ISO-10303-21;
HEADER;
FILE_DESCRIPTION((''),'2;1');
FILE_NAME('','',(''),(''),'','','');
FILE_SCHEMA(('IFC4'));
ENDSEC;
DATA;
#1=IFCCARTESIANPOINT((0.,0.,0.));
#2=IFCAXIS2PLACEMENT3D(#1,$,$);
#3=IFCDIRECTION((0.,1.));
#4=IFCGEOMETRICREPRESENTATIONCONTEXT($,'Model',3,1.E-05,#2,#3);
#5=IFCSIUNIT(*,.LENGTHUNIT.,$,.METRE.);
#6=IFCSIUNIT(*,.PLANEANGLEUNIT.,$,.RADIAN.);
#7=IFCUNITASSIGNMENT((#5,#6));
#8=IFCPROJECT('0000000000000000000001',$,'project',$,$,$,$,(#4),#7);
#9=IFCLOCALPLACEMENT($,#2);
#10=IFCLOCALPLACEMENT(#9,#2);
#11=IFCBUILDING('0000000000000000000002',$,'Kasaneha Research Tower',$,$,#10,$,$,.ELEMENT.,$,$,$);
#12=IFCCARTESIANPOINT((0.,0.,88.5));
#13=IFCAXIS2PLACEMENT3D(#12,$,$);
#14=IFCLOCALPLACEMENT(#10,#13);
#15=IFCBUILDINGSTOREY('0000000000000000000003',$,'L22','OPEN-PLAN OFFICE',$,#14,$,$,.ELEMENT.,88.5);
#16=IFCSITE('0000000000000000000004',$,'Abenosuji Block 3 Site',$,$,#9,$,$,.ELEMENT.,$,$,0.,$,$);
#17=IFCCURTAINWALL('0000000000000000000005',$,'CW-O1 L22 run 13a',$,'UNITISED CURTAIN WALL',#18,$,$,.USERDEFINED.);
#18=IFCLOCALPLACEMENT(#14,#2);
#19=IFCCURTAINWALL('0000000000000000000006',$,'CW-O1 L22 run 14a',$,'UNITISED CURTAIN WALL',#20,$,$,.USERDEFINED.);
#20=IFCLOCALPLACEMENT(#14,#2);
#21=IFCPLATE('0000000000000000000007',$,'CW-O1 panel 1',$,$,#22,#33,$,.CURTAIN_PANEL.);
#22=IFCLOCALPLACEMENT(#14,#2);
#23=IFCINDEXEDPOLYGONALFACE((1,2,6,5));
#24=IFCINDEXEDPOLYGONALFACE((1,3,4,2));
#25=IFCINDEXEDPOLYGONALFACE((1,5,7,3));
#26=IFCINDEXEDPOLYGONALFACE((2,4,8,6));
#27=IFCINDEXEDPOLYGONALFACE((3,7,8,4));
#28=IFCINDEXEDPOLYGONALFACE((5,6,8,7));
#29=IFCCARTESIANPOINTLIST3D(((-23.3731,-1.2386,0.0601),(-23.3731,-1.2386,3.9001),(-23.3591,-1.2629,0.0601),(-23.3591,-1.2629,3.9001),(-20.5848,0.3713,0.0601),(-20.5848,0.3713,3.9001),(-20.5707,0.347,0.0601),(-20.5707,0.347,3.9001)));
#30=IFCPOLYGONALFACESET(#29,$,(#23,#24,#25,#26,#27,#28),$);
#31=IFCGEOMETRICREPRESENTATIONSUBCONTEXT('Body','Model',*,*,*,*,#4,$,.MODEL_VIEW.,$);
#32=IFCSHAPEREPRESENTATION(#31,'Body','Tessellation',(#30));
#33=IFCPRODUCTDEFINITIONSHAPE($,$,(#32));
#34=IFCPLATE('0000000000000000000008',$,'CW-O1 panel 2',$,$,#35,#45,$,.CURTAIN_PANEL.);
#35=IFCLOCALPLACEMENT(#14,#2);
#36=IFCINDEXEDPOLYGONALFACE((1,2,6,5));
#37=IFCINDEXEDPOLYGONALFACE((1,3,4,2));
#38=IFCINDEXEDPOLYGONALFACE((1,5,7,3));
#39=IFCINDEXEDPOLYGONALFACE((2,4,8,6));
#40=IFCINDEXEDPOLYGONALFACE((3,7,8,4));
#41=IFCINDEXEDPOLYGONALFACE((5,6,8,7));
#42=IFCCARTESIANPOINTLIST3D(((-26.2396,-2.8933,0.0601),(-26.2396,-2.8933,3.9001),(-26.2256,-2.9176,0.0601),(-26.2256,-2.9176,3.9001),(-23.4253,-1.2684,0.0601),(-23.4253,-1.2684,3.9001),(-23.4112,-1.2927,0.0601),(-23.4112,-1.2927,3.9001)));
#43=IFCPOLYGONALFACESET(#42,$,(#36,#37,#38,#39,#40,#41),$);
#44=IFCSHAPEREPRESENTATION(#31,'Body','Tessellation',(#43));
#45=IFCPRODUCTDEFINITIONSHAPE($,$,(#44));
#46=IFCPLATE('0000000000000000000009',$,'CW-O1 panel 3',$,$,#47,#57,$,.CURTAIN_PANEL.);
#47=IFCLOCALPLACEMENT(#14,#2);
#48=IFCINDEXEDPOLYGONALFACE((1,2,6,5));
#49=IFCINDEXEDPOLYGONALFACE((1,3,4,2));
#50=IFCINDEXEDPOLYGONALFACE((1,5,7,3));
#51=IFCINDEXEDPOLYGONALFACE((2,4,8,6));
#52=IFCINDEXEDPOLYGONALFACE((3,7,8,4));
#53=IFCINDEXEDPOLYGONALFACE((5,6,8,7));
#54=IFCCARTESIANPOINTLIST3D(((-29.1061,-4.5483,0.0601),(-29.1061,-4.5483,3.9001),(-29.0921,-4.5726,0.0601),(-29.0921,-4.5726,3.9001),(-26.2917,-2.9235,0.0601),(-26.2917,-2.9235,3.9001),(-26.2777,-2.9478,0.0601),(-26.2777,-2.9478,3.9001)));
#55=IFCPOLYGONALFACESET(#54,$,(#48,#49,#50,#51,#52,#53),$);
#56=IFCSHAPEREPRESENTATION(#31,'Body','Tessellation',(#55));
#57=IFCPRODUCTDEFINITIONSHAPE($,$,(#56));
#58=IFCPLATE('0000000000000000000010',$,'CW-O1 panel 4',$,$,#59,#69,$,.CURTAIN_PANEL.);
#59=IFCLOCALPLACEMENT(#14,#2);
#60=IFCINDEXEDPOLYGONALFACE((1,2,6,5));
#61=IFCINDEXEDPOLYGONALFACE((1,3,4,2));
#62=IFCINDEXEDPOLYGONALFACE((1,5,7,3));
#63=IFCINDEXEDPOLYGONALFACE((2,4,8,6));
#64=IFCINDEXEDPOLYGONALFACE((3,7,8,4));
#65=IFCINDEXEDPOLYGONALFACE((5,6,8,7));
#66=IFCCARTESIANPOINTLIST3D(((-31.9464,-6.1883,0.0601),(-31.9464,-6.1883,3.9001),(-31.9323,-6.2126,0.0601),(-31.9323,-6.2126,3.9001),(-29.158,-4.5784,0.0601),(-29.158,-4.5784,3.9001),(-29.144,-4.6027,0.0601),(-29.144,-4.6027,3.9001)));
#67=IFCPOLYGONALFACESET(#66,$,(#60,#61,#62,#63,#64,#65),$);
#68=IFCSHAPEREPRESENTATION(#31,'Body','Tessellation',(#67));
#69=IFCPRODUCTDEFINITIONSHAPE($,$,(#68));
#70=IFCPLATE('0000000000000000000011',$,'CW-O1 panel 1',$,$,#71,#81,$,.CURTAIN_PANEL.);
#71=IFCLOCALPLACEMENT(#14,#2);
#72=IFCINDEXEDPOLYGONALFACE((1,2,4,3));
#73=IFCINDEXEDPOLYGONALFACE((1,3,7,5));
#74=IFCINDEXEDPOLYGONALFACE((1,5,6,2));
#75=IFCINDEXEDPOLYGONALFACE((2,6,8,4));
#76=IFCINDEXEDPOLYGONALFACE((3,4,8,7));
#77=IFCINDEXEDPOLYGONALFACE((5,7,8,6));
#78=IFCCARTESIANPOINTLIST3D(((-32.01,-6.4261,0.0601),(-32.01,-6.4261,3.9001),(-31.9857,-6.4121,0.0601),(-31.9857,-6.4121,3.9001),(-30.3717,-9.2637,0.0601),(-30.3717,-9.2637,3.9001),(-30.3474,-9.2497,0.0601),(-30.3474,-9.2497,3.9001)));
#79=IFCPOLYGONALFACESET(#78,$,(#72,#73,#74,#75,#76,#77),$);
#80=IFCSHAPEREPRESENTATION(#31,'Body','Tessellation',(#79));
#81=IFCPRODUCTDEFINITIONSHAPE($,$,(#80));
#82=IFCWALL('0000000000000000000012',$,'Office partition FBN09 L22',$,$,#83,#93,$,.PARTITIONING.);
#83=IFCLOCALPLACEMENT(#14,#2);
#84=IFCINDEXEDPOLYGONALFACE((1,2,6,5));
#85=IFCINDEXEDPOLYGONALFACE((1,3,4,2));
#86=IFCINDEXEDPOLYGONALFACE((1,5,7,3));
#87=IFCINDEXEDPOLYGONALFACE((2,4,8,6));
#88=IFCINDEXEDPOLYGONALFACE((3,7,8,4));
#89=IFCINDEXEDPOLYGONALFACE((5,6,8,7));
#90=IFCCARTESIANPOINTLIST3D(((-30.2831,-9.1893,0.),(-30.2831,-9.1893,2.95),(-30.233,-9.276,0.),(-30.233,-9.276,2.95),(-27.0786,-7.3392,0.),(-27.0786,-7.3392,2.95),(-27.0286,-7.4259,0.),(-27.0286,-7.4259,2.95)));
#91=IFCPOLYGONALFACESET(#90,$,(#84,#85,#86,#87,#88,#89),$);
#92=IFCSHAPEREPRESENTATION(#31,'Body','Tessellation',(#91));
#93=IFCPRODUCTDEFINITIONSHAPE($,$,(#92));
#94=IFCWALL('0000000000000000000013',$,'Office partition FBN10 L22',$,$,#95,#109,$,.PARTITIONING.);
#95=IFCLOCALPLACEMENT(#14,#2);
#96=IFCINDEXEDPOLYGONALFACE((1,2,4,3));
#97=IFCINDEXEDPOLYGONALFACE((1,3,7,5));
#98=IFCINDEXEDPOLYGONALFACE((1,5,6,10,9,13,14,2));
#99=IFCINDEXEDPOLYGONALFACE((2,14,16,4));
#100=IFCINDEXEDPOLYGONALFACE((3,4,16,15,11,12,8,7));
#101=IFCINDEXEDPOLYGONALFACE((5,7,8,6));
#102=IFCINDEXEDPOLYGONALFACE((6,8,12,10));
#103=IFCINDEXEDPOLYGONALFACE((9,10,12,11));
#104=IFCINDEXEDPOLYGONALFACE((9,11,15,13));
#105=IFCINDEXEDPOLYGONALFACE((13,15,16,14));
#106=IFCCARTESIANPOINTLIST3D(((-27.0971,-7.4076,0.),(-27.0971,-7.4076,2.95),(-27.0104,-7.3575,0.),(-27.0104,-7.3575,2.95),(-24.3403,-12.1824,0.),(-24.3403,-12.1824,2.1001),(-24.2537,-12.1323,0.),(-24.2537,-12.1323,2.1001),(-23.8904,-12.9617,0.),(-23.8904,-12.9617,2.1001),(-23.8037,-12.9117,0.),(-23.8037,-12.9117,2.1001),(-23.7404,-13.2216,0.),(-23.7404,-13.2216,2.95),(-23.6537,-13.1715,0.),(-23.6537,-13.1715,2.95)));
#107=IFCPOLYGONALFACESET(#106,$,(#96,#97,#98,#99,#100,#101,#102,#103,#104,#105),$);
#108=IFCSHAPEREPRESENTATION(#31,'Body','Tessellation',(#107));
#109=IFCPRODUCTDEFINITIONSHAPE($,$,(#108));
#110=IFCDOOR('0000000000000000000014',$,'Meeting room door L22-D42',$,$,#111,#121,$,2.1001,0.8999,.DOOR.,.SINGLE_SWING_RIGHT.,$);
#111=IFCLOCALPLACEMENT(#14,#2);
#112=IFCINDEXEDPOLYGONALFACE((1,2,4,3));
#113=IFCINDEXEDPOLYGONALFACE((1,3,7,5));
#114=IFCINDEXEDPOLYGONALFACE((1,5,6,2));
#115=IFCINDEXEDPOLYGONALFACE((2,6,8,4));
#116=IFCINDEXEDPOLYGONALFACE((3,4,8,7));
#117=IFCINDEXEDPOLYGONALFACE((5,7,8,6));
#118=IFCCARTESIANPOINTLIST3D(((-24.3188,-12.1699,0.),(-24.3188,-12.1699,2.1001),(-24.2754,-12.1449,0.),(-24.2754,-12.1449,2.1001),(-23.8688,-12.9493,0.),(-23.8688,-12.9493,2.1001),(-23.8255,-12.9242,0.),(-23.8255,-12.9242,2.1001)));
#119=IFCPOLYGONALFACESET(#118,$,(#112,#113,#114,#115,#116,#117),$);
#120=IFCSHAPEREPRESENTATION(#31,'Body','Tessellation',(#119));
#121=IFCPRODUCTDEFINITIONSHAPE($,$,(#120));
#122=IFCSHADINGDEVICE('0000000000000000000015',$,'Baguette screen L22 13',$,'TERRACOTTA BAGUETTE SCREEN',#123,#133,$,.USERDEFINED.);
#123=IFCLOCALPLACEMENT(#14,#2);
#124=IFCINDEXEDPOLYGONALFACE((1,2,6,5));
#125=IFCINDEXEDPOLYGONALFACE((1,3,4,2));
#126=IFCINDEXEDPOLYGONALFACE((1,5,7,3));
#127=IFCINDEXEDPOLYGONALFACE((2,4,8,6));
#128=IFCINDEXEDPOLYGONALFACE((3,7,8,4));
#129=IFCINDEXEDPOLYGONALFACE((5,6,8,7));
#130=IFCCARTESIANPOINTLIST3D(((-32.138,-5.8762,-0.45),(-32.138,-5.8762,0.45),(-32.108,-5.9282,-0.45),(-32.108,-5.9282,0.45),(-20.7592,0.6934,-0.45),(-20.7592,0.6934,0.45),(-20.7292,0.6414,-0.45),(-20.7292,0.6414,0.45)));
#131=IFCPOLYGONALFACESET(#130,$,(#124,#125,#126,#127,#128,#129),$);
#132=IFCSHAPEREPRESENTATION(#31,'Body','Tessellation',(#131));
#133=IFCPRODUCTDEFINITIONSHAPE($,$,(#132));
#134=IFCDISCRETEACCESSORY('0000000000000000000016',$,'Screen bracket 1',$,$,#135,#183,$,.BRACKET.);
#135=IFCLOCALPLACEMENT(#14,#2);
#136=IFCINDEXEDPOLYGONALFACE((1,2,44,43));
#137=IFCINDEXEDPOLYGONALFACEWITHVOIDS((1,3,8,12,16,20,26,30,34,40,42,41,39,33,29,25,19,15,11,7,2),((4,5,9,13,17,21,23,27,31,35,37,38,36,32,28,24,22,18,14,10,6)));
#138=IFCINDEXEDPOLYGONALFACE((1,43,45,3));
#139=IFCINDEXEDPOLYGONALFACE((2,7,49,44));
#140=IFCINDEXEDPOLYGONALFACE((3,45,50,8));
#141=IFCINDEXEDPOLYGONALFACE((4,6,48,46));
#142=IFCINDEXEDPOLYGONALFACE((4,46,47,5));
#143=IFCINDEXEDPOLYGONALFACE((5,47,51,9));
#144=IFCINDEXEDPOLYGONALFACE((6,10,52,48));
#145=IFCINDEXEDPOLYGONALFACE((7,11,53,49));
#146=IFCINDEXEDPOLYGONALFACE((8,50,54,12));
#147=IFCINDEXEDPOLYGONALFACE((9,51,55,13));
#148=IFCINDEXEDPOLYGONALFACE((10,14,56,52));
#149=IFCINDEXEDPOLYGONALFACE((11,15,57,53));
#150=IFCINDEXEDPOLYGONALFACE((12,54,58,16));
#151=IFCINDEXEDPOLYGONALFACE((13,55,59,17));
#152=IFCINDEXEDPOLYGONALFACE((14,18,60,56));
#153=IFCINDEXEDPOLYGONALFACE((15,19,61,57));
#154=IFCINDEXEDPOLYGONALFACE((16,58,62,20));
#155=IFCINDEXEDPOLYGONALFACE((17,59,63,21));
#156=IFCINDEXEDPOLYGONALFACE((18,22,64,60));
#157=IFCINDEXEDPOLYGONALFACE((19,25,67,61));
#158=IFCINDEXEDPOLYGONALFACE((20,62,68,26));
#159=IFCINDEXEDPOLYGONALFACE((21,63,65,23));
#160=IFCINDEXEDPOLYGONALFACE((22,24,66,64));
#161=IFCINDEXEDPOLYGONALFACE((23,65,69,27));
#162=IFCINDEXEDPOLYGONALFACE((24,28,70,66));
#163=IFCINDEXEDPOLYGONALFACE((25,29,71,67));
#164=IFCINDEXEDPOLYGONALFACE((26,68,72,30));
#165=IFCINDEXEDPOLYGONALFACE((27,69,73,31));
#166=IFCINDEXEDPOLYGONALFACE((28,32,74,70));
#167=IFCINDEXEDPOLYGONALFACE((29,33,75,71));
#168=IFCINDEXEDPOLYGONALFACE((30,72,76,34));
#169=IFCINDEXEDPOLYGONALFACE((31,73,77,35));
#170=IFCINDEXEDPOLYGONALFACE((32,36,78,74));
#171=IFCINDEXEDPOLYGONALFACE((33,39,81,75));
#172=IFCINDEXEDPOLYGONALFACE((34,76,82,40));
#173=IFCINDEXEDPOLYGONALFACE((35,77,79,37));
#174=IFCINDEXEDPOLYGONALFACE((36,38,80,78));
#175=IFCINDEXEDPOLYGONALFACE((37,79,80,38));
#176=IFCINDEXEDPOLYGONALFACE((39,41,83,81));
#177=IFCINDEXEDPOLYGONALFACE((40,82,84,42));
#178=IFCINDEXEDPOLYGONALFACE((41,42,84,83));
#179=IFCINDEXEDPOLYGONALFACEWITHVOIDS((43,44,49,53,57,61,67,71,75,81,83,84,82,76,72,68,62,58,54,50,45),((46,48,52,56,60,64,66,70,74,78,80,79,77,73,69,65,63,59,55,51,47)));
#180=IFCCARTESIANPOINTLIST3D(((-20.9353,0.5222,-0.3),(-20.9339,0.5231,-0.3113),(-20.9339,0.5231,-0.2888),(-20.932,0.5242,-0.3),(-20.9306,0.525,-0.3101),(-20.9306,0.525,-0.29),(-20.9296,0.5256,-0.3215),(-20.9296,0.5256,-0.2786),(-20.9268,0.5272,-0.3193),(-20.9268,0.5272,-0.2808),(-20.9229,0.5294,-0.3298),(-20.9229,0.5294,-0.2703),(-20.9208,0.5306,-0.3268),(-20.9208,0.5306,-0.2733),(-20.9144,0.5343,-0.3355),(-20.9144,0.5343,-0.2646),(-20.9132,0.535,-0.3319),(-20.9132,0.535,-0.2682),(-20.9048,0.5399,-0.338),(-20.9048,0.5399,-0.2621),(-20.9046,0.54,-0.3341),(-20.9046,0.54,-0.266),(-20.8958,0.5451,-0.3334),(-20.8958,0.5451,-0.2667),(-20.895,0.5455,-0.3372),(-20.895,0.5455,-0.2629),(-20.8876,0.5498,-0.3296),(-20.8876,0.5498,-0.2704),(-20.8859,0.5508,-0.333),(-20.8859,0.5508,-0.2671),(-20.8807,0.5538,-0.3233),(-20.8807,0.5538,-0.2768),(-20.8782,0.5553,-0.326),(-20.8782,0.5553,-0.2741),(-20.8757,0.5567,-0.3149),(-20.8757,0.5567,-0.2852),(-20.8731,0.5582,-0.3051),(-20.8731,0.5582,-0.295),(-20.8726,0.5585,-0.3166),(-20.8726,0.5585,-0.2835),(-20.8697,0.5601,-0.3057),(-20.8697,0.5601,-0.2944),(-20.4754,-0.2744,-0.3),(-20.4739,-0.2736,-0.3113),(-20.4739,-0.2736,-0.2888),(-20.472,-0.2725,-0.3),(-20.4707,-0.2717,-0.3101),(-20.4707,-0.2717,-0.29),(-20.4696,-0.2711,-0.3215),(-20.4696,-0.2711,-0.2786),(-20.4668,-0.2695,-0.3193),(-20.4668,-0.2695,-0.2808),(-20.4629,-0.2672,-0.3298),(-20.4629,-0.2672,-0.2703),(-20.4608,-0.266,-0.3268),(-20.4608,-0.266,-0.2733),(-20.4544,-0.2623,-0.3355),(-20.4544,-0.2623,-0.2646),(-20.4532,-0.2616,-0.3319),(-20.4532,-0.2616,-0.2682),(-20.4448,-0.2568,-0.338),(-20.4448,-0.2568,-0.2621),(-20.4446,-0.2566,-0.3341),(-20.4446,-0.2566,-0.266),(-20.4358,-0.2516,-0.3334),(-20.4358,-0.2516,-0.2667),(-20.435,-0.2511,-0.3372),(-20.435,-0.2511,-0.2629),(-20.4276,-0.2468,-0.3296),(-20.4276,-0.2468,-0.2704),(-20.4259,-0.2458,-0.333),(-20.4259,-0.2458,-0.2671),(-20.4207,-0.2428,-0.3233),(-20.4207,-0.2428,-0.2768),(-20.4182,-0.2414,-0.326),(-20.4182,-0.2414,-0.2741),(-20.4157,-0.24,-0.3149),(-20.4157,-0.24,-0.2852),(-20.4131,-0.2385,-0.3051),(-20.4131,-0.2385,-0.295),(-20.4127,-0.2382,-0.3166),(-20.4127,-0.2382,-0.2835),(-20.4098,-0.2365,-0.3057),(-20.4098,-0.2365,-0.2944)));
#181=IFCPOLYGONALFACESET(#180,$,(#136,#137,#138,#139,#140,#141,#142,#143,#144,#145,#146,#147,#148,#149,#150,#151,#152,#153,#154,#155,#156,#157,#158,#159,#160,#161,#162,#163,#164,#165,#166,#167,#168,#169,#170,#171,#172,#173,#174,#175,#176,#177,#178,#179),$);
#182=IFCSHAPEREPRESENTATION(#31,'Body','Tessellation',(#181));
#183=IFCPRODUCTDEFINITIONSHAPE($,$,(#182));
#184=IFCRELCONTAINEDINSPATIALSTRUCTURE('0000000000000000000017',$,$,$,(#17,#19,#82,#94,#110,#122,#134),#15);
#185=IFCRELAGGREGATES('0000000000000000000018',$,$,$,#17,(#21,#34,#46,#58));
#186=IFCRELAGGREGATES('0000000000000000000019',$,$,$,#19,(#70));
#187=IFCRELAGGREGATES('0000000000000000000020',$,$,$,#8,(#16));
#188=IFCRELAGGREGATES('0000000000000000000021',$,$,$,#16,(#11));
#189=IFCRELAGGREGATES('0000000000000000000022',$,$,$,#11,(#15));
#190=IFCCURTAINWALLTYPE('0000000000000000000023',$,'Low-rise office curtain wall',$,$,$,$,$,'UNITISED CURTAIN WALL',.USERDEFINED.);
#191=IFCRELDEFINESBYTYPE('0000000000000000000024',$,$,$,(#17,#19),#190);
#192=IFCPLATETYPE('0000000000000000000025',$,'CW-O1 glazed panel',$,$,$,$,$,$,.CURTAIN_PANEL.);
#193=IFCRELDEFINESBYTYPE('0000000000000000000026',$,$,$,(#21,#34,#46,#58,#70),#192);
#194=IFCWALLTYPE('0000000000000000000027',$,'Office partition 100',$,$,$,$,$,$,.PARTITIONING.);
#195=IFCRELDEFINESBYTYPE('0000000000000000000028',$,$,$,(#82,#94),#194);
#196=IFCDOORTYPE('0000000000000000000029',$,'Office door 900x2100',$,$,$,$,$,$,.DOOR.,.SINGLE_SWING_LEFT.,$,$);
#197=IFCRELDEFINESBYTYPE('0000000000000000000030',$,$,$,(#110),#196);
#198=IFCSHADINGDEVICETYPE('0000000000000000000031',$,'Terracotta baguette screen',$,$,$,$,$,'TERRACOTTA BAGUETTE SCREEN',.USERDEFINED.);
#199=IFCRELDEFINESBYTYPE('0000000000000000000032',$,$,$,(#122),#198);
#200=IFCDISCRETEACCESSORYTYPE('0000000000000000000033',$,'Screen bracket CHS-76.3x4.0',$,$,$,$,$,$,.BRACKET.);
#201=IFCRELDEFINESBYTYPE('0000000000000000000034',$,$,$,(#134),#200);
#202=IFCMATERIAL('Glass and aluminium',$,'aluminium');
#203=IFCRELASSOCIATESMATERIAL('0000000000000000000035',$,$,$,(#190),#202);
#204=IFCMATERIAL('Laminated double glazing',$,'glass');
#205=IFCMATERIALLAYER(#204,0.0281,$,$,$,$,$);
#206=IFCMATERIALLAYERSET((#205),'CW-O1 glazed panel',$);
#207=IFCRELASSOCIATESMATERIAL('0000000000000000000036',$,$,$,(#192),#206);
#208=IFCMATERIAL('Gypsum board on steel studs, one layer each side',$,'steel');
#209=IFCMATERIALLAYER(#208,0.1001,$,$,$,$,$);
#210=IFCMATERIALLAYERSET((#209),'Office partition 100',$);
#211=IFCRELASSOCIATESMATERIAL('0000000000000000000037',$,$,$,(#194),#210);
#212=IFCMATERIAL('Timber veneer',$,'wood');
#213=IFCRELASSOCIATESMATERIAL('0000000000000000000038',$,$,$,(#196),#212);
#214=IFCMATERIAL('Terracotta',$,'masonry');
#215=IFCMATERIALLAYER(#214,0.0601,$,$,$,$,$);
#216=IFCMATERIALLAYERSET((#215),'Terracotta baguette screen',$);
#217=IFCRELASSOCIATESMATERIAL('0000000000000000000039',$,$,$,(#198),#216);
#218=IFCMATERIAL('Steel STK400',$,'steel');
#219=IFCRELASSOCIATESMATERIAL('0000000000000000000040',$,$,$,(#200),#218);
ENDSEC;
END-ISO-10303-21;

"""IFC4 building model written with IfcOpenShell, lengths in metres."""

from ifc_helpers import new_model, si_unit, direction, frame, frame_2d, origin, origin_2d, place, context, subcontext, project, spatial, rectangle, hollow_circle, extrude, material, layer, layer_set, material_profile, profile_set, type_object, element, fill, aggregate, save


model = new_model("IFC4")

# Units and contexts
model_context = context("Model", 3, precision=1e-05, world=origin(), true_north=direction((0.0, 1.0)))
body_context = subcontext(model_context, "Body", "Model", "MODEL_VIEW")
ifc_project = project(units=[si_unit("LENGTHUNIT", "METRE"), si_unit("PLANEANGLEUNIT", "RADIAN")], contexts=[model_context])

# Site, building, storey
site_placement = place(None, origin())
site = spatial("IfcSite", under=ifc_project, at=site_placement, Name="Abenosuji Block 3 Site", CompositionType="ELEMENT", RefElevation=0.0)
building_placement = place(site_placement, origin())
building = spatial("IfcBuilding", under=site, at=building_placement, Name="Kasaneha Research Tower", CompositionType="ELEMENT")
storey_placement = place(building_placement, frame((0.0, 0.0, 88.5)))
storey = spatial("IfcBuildingStorey", under=building, at=storey_placement, Name="L22", Description="OPEN-PLAN OFFICE", CompositionType="ELEMENT", Elevation=88.5)

# Curtain walls
ifc_material_1 = material(Name="Glass and aluminium", Category="aluminium")
curtain_wall_type = type_object("IfcCurtainWallType", Name="Low-rise office curtain wall", ElementType="UNITISED CURTAIN WALL", PredefinedType="USERDEFINED", material=ifc_material_1)
curtain_wall_1_placement = place(storey_placement, origin())
curtain_wall_1 = element("IfcCurtainWall", 1, at=curtain_wall_1_placement, inside=storey, type_object=curtain_wall_type, Name="CW-O1 L22 run 13a", ObjectType="UNITISED CURTAIN WALL", PredefinedType="USERDEFINED")
curtain_wall_2_placement = place(storey_placement, origin())
curtain_wall_2 = element("IfcCurtainWall", 2, at=curtain_wall_2_placement, inside=storey, type_object=curtain_wall_type, Name="CW-O1 L22 run 14a", ObjectType="UNITISED CURTAIN WALL", PredefinedType="USERDEFINED")

# Plates
ifc_material_2 = material(Name="Laminated double glazing", Category="glass")
ifc_layer_1 = layer(ifc_material_2, 0.0281)
ifc_layer_set_1 = layer_set([ifc_layer_1], Name="CW-O1 glazed panel")
plate_type = type_object("IfcPlateType", Name="CW-O1 glazed panel", PredefinedType="CURTAIN_PANEL", material=ifc_layer_set_1)
plate_1_placement = place(storey_placement, frame((-21.9719, -0.4458, 0.0601), z_axis=(0.0, 0.0, 1.0), x_axis=(-0.866025, -0.5, 0.0)))
plate_1 = element("IfcPlate", 3, at=plate_1_placement, type_object=plate_type, Name="CW-O1 panel 1", PredefinedType="CURTAIN_PANEL", context=body_context, shape_type="SweptSolid", body=[
    extrude(rectangle(XDim=3.2197, YDim=0.0281, at=origin_2d()), origin(), (0.0, 0.0, 1.0), 3.8401),
])
plate_2_placement = place(storey_placement, frame((-24.8254, -2.093, 0.0601), z_axis=(0.0, 0.0, 1.0), x_axis=(-0.866025, -0.5, 0.0)))
plate_2 = element("IfcPlate", 4, at=plate_2_placement, type_object=plate_type, Name="CW-O1 panel 2", PredefinedType="CURTAIN_PANEL", context=body_context, shape_type="SweptSolid", body=[
    extrude(rectangle(XDim=3.2498, YDim=0.0281, at=origin_2d()), origin(), (0.0, 0.0, 1.0), 3.8401),
])
plate_3_placement = place(storey_placement, frame((-27.6919, -3.748, 0.0601), z_axis=(0.0, 0.0, 1.0), x_axis=(-0.866025, -0.5, 0.0)))
plate_3 = element("IfcPlate", 5, at=plate_3_placement, type_object=plate_type, Name="CW-O1 panel 3", PredefinedType="CURTAIN_PANEL", context=body_context, shape_type="SweptSolid", body=[
    extrude(rectangle(XDim=3.2498, YDim=0.0281, at=origin_2d()), origin(), (0.0, 0.0, 1.0), 3.8401),
])
plate_4_placement = place(storey_placement, frame((-30.5452, -5.3955, 0.0601), z_axis=(0.0, 0.0, 1.0), x_axis=(-0.866025, -0.5, 0.0)))
plate_4 = element("IfcPlate", 6, at=plate_4_placement, type_object=plate_type, Name="CW-O1 panel 4", PredefinedType="CURTAIN_PANEL", context=body_context, shape_type="SweptSolid", body=[
    extrude(rectangle(XDim=3.2197, YDim=0.0281, at=origin_2d()), origin(), (0.0, 0.0, 1.0), 3.8401),
])
aggregate(curtain_wall_1, [plate_1, plate_2, plate_3, plate_4])
plate_5_placement = place(storey_placement, frame((-31.1787, -7.8379, 0.0601), z_axis=(0.0, 0.0, 1.0), x_axis=(0.5, -0.866025, 0.0)))
plate_5 = element("IfcPlate", 7, at=plate_5_placement, type_object=plate_type, Name="CW-O1 panel 1", PredefinedType="CURTAIN_PANEL", context=body_context, shape_type="SweptSolid", body=[
    extrude(rectangle(XDim=3.2766, YDim=0.0281, at=origin_2d()), origin(), (0.0, 0.0, 1.0), 3.8401),
])
aggregate(curtain_wall_2, [plate_5])

# Wall
ifc_material_3 = material(Name="Gypsum board on steel studs, one layer each side", Category="steel")
ifc_layer_2 = layer(ifc_material_3, 0.1001)
ifc_layer_set_2 = layer_set([ifc_layer_2], Name="Office partition 100")
wall_type = type_object("IfcWallType", Name="Office partition 100", PredefinedType="PARTITIONING", material=ifc_layer_set_2)
wall_1_placement = place(storey_placement, frame((-30.2581, -9.2327, 0.0), z_axis=(0.0, 0.0, 1.0), x_axis=(0.866017, 0.500014, 0.0)))
element("IfcWall", 8, at=wall_1_placement, inside=storey, type_object=wall_type, Name="Office partition FBN09 L22", PredefinedType="PARTITIONING", context=body_context, shape_type="SweptSolid", body=[
    extrude(rectangle(XDim=3.7002, YDim=0.1001, at=frame_2d((1.8501, 0.0))), origin(), (0.0, 0.0, 1.0), 2.95),
])

# Wall, opening, door
wall_2_placement = place(storey_placement, frame((-27.0537, -7.3826, 0.0), z_axis=(0.0, 0.0, 1.0), x_axis=(0.499999, -0.866026, 0.0)))
wall_2 = element("IfcWall", 9, at=wall_2_placement, inside=storey, type_object=wall_type, Name="Office partition FBN10 L22", PredefinedType="PARTITIONING", context=body_context, shape_type="SweptSolid", body=[
    extrude(rectangle(XDim=6.7134, YDim=0.1001, at=frame_2d((3.3567, 0.0))), origin(), (0.0, 0.0, 1.0), 2.95),
])
opening_placement = place(wall_2_placement, frame((5.5134, 0.0, 0.0)))
opening = element("IfcOpeningElement", 10, at=opening_placement, cuts=wall_2, PredefinedType="OPENING", context=body_context, shape_type="SweptSolid", body=[
    extrude(rectangle(XDim=0.8999, YDim=2.1001, at=frame_2d((0.45, 1.05))), frame((0.0, 0.0601, 0.0), z_axis=(0.0, -1.0, 0.0), x_axis=(1.0, 0.0, 0.0)), (0.0, 0.0, 1.0), 0.1201),
])
ifc_material_4 = material(Name="Timber veneer", Category="wood")
door_type = type_object("IfcDoorType", Name="Office door 900x2100", OperationType="SINGLE_SWING_LEFT", PredefinedType="DOOR", material=ifc_material_4)
door_placement = place(opening_placement, origin())
door = element("IfcDoor", 11, at=door_placement, inside=storey, type_object=door_type, Name="Meeting room door L22-D42", OperationType="SINGLE_SWING_RIGHT", OverallHeight=2.1001, OverallWidth=0.8999, PredefinedType="DOOR", context=body_context, shape_type="SweptSolid", body=[
    extrude(rectangle(XDim=0.8999, YDim=2.1001, at=frame_2d((0.45, 1.05))), frame((0.0, 0.0249, 0.0), z_axis=(0.0, -1.0, 0.0), x_axis=(1.0, 0.0, 0.0)), (0.0, 0.0, 1.0), 0.05),
])
fill(opening, door)

# Shading device
ifc_material_5 = material(Name="Terracotta", Category="masonry")
ifc_layer_3 = layer(ifc_material_5, 0.0601)
ifc_layer_set_3 = layer_set([ifc_layer_3], Name="Terracotta baguette screen")
shading_device_type = type_object("IfcShadingDeviceType", Name="Terracotta baguette screen", ElementType="TERRACOTTA BAGUETTE SCREEN", PredefinedType="USERDEFINED", material=ifc_layer_set_3)
shading_device_placement = place(storey_placement, frame((-26.4336, -2.6174, -0.45), z_axis=(0.0, 0.0, 1.0), x_axis=(-0.866025, -0.5, 0.0)))
element("IfcShadingDevice", 12, at=shading_device_placement, inside=storey, type_object=shading_device_type, Name="Baguette screen L22 13", ObjectType="TERRACOTTA BAGUETTE SCREEN", PredefinedType="USERDEFINED", context=body_context, shape_type="SweptSolid", body=[
    extrude(rectangle(XDim=13.1392, YDim=0.0601, at=origin_2d()), origin(), (0.0, 0.0, 1.0), 0.8999),
])

# Discrete accessory
ifc_material_6 = material(Name="Steel STK400", Category="steel")
ifc_material_profile_1 = material_profile(ifc_material_6, hollow_circle(Radius=0.0381, WallThickness=0.0039, at=origin_2d()), Name="CHS-76.3x4.0")
ifc_profile_set_1 = profile_set([ifc_material_profile_1], Name="Steel STK400")
discrete_accessory_type = type_object("IfcDiscreteAccessoryType", Name="Screen bracket CHS-76.3x4.0", PredefinedType="BRACKET", material=ifc_profile_set_1)
discrete_accessory_1_placement = place(storey_placement, frame((-20.4424, -0.2554, -0.3), z_axis=(-0.500021, 0.866013, 0.0), x_axis=(-0.866013, -0.500021, 0.0)))
element("IfcDiscreteAccessory", 13, at=discrete_accessory_1_placement, inside=storey, type_object=discrete_accessory_type, Name="Screen bracket 1", PredefinedType="BRACKET", context=body_context, shape_type="SweptSolid", body=[
    extrude(hollow_circle(Radius=0.0381, WallThickness=0.0039, at=origin_2d()), origin(), (0.0, 0.0, 1.0), 0.9199),
])

save(model, "model.ifc")
